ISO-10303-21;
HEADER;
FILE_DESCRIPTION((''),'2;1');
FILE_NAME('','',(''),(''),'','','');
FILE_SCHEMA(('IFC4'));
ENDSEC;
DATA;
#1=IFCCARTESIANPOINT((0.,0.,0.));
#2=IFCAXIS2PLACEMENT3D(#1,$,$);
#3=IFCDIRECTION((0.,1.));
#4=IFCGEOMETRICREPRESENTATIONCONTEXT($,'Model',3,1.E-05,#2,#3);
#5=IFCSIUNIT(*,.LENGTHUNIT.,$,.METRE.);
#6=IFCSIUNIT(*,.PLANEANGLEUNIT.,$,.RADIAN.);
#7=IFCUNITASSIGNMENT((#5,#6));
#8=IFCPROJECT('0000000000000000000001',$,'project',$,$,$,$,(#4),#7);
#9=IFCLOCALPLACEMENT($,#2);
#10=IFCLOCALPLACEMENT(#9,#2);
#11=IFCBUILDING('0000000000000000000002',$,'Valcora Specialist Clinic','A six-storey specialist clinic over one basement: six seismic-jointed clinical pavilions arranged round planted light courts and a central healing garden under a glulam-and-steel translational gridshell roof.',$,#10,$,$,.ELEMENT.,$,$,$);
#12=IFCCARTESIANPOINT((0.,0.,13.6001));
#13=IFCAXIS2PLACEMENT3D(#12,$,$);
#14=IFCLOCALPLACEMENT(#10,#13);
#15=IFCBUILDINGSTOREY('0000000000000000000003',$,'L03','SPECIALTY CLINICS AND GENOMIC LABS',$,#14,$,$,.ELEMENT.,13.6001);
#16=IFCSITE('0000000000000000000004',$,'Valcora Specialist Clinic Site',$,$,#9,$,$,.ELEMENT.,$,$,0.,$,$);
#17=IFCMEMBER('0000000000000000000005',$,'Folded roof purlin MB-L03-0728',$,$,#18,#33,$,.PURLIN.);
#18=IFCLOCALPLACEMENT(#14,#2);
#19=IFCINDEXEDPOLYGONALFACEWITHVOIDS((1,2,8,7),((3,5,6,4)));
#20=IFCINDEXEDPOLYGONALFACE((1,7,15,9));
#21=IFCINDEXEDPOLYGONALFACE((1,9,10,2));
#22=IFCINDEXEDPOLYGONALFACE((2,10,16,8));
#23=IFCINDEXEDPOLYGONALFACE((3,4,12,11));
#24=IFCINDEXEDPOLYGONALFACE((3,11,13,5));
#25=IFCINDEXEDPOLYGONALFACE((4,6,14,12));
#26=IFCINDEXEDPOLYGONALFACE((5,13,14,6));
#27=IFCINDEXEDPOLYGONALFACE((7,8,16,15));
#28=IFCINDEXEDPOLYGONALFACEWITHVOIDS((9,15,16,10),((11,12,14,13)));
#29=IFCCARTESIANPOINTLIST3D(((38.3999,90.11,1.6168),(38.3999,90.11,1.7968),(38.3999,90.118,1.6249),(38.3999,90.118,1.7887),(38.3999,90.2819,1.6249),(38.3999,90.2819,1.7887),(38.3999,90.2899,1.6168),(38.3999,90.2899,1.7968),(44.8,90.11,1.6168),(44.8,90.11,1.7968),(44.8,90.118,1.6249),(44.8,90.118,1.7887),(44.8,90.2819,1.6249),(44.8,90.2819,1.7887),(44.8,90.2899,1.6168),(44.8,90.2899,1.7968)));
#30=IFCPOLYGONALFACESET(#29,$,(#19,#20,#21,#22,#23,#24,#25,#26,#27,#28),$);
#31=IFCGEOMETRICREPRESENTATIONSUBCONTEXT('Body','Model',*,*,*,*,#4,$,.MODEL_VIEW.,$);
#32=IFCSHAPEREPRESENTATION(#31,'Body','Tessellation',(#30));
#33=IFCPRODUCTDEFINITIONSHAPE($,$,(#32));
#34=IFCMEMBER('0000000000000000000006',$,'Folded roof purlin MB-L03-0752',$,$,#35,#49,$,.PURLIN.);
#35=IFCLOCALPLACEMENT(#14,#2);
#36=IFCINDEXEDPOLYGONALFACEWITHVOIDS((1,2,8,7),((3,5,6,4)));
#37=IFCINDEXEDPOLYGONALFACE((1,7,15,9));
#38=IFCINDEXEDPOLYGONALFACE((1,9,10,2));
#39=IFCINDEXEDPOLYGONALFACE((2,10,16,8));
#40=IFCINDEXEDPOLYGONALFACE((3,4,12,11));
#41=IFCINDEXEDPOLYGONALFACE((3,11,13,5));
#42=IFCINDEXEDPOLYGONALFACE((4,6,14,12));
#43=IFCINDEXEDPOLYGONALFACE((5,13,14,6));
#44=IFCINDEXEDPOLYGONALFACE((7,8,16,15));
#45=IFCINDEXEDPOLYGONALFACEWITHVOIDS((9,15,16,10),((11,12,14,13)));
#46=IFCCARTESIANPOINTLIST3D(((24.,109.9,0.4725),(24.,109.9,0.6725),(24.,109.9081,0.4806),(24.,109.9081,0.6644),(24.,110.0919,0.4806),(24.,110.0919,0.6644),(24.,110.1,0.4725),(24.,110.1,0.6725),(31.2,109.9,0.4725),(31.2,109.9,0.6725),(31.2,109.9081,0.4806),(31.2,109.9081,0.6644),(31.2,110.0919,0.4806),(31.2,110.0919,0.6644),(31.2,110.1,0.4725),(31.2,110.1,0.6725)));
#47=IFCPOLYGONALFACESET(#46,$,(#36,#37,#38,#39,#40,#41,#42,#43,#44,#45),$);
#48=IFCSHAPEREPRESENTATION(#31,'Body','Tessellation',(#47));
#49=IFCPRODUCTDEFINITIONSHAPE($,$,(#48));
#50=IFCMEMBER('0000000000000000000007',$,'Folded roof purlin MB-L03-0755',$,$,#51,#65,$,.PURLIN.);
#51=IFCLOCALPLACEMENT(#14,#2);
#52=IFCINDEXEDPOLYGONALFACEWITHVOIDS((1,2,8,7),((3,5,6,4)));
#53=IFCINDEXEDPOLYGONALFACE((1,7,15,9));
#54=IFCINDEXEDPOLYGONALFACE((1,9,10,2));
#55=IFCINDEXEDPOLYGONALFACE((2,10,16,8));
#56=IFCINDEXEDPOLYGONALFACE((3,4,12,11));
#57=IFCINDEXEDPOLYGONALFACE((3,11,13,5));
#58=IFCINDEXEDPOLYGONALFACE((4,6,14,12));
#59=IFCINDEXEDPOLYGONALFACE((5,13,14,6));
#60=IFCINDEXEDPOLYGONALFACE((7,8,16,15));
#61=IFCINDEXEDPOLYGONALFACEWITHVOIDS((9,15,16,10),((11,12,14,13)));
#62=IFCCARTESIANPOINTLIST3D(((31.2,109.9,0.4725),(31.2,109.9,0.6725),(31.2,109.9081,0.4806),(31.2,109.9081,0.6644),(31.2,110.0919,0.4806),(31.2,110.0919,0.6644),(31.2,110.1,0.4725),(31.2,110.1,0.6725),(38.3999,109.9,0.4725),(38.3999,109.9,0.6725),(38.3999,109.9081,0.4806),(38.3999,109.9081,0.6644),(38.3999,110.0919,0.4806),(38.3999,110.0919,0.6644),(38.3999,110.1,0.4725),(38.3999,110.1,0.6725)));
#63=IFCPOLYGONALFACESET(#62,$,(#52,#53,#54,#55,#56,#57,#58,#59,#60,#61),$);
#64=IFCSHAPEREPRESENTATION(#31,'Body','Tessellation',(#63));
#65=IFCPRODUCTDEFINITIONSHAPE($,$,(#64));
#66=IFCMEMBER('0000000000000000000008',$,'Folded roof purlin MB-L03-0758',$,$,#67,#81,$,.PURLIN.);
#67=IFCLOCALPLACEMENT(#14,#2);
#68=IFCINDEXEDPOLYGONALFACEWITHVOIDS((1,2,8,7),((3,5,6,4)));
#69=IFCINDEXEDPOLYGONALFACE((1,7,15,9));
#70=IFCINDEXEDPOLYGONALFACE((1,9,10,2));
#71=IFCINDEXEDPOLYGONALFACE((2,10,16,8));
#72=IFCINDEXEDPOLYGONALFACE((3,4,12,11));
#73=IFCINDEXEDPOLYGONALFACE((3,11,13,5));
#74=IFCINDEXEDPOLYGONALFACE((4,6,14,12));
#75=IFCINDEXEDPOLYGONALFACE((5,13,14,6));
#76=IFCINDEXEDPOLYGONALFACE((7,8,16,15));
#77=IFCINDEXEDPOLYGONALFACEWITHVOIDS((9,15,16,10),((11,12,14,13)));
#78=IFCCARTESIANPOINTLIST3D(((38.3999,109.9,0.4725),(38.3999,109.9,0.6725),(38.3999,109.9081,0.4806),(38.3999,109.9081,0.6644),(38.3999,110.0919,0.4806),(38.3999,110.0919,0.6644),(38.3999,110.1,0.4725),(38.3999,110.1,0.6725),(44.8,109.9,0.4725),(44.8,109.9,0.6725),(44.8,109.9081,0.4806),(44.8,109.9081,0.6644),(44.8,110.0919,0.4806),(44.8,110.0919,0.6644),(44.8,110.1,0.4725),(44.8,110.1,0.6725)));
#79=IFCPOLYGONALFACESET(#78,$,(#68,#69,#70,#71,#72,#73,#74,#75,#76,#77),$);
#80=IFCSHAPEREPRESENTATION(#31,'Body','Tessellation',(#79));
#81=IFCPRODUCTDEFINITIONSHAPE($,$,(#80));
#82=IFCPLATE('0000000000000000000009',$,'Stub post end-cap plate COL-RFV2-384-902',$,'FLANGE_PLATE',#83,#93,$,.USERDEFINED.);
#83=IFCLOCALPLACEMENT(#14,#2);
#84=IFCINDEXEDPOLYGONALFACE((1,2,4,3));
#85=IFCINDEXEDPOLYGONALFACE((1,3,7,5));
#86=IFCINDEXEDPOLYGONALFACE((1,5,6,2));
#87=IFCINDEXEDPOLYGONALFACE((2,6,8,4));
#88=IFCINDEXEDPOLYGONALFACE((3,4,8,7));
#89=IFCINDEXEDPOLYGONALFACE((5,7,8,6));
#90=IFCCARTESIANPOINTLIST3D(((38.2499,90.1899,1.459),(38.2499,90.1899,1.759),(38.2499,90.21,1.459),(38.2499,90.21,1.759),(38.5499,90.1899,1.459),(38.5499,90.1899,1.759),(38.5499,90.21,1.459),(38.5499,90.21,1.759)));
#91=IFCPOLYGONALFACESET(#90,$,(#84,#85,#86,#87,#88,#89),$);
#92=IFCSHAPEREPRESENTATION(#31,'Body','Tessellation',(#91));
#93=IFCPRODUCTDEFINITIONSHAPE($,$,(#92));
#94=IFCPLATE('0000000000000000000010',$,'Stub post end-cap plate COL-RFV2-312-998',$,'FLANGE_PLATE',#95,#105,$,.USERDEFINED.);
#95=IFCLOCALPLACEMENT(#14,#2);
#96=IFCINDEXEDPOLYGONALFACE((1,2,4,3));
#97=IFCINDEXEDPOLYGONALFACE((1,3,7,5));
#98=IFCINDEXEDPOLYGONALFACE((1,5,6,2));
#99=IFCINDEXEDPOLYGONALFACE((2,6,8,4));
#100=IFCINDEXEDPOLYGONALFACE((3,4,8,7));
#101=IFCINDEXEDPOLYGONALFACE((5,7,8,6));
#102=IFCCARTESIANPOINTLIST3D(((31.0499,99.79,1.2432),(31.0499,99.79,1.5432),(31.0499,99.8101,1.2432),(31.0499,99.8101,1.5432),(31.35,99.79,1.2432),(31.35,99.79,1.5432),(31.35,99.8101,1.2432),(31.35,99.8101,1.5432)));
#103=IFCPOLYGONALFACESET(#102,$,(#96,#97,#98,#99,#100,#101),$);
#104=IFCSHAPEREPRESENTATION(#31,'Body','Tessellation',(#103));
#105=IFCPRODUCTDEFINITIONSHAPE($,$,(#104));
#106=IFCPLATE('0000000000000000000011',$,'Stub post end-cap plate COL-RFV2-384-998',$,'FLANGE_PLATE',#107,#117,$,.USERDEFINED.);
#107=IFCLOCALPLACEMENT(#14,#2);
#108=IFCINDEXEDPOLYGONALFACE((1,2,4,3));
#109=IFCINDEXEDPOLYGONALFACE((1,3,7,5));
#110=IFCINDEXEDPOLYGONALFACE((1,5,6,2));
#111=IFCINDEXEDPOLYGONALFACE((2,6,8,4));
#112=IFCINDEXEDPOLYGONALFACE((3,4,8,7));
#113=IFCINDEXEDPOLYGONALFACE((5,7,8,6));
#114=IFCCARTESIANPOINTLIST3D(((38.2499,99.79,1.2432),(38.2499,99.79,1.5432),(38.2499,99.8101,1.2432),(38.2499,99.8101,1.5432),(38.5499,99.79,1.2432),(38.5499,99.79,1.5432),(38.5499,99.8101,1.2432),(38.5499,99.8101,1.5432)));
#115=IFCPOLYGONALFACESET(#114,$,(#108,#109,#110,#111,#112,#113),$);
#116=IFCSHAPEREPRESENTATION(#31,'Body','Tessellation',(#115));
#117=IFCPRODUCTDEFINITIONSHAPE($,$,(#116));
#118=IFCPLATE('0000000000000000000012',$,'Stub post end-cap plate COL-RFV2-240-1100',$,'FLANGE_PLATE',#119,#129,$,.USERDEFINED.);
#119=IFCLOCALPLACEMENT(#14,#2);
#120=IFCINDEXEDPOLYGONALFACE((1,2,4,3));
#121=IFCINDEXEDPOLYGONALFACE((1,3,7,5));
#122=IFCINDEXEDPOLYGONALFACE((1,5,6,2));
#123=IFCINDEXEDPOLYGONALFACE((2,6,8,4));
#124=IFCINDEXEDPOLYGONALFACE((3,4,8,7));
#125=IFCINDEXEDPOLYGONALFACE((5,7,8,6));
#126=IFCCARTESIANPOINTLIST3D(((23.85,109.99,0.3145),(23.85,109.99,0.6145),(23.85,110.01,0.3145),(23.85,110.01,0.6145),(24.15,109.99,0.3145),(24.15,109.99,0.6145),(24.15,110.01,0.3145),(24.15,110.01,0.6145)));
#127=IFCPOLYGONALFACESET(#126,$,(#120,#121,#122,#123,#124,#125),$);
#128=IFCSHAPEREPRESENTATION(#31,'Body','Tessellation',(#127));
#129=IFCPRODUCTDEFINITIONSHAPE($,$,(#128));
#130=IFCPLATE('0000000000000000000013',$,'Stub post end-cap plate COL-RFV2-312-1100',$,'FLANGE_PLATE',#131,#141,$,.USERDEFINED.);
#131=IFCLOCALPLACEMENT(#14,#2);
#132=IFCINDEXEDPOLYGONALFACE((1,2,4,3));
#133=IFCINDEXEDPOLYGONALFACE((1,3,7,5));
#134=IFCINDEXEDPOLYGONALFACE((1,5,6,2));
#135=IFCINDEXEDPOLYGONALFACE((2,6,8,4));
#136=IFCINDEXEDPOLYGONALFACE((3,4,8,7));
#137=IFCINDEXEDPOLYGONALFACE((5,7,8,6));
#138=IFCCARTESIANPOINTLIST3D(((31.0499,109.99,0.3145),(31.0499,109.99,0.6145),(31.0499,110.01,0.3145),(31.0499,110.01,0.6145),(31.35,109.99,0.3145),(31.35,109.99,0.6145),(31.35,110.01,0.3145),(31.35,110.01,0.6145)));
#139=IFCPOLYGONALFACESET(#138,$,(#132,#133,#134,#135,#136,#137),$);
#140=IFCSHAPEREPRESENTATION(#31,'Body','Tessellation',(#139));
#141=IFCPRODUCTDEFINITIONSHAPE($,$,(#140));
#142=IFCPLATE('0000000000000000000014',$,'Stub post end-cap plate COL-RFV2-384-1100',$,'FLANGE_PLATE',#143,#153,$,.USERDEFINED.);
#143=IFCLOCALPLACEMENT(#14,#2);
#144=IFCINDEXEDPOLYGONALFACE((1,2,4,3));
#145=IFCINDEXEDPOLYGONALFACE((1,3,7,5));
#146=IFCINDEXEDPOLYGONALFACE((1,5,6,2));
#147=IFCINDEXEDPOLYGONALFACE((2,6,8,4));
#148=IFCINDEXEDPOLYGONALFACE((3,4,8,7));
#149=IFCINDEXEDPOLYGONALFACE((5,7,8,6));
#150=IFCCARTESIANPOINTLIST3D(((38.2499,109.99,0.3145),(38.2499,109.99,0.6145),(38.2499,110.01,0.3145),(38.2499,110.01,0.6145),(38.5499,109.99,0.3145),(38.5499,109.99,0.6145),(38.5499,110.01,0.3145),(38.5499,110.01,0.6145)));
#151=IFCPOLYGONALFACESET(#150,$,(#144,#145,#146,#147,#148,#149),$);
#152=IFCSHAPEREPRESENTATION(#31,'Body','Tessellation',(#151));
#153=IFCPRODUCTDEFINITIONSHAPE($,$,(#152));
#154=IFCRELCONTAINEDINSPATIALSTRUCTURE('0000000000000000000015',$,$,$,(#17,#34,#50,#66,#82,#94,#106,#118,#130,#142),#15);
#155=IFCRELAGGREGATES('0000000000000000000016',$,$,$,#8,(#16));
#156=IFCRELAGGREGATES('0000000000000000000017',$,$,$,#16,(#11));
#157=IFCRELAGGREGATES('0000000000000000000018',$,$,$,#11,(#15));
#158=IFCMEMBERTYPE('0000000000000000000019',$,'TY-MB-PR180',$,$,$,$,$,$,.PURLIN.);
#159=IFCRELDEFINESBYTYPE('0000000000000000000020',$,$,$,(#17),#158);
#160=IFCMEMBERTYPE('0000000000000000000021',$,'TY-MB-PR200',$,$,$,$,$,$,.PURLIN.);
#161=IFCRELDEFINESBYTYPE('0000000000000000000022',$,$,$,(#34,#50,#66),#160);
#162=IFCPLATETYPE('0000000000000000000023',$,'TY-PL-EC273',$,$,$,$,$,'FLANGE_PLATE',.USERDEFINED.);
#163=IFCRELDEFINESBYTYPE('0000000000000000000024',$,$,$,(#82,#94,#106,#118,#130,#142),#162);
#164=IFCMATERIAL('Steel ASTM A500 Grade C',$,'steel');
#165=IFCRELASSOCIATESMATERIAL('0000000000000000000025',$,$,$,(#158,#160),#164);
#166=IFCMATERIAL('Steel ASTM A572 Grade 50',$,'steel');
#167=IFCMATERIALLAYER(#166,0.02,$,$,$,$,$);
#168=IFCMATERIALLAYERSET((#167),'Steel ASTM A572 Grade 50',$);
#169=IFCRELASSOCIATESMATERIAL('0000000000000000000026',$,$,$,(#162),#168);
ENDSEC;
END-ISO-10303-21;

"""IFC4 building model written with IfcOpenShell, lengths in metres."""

from ifc_helpers import new_model, si_unit, direction, frame, origin, origin_2d, place, context, subcontext, project, spatial, rectangle, hollow_rectangle, extrude, material, layer, layer_set, material_profile, profile_set, type_object, element, save


model = new_model("IFC4")

# Units and contexts
model_context = context("Model", 3, precision=1e-05, world=origin(), true_north=direction((0.0, 1.0)))
body_context = subcontext(model_context, "Body", "Model", "MODEL_VIEW")
ifc_project = project(units=[si_unit("LENGTHUNIT", "METRE"), si_unit("PLANEANGLEUNIT", "RADIAN")], contexts=[model_context])

# Site, building, storey
site_placement = place(None, origin())
site = spatial("IfcSite", under=ifc_project, at=site_placement, Name="Valcora Specialist Clinic Site", CompositionType="ELEMENT", RefElevation=0.0)
building_placement = place(site_placement, origin())
building = spatial("IfcBuilding", under=site, at=building_placement, Name="Valcora Specialist Clinic", Description="A six-storey specialist clinic over one basement: six seismic-jointed clinical pavilions arranged round planted light courts and a central healing garden under a glulam-and-steel translational gridshell roof.", CompositionType="ELEMENT")
storey_placement = place(building_placement, frame((0.0, 0.0, 13.6001)))
storey = spatial("IfcBuildingStorey", under=building, at=storey_placement, Name="L03", Description="SPECIALTY CLINICS AND GENOMIC LABS", CompositionType="ELEMENT", Elevation=13.6001)

# Shared definitions
ifc_material_1 = material(Name="Steel ASTM A500 Grade C", Category="steel")

# Members
ifc_material_profile_1 = material_profile(ifc_material_1, hollow_rectangle(XDim=0.1799, YDim=0.1799, WallThickness=0.0081, at=origin_2d()), Name="ST-RHS-180X180X8")
ifc_profile_set_1 = profile_set([ifc_material_profile_1], Name="Steel ASTM A500 Grade C")
member_type_1 = type_object("IfcMemberType", Name="TY-MB-PR180", PredefinedType="PURLIN", material=ifc_profile_set_1)
member_1_placement = place(storey_placement, frame((38.3999, 90.2, 1.7068), z_axis=(1.0, 0.0, 0.0), x_axis=(0.0, 1.0, 0.0)))
element("IfcMember", 1, at=member_1_placement, inside=storey, type_object=member_type_1, Name="Folded roof purlin MB-L03-0728", PredefinedType="PURLIN", context=body_context, shape_type="SweptSolid", body=[
    extrude(hollow_rectangle(XDim=0.1799, YDim=0.1799, WallThickness=0.0081, at=origin_2d()), origin(), (0.0, 0.0, 1.0), 6.4001),
])
ifc_material_profile_2 = material_profile(ifc_material_1, hollow_rectangle(XDim=0.2, YDim=0.2, WallThickness=0.0081, at=origin_2d()), Name="ST-RHS-200X200X8")
ifc_profile_set_2 = profile_set([ifc_material_profile_2], Name="Steel ASTM A500 Grade C")
member_type_2 = type_object("IfcMemberType", Name="TY-MB-PR200", PredefinedType="PURLIN", material=ifc_profile_set_2)
for number, where, z_axis, x_axis, name in (
    (2, (24.0, 110.0, 0.5725), (1.0, 0.0, 0.0), (0.0, 1.0, 0.0), "Folded roof purlin MB-L03-0752"),
    (3, (31.2, 110.0, 0.5725), (1.0, 0.0, 0.0), (0.0, 1.0, 0.0), "Folded roof purlin MB-L03-0755"),
):
    element("IfcMember", number, at=place(storey_placement, frame(where, z_axis=z_axis, x_axis=x_axis)), inside=storey, type_object=member_type_2, Name=name, PredefinedType="PURLIN", context=body_context, shape_type="SweptSolid", body=[
        extrude(hollow_rectangle(XDim=0.2, YDim=0.2, WallThickness=0.0081, at=origin_2d()), origin(), (0.0, 0.0, 1.0), 7.2),
    ])
member_2_placement = place(storey_placement, frame((38.3999, 110.0, 0.5725), z_axis=(1.0, 0.0, 0.0), x_axis=(0.0, 1.0, 0.0)))
element("IfcMember", 4, at=member_2_placement, inside=storey, type_object=member_type_2, Name="Folded roof purlin MB-L03-0758", PredefinedType="PURLIN", context=body_context, shape_type="SweptSolid", body=[
    extrude(hollow_rectangle(XDim=0.2, YDim=0.2, WallThickness=0.0081, at=origin_2d()), origin(), (0.0, 0.0, 1.0), 6.4001),
])

# Plates
ifc_material_2 = material(Name="Steel ASTM A572 Grade 50", Category="steel")
ifc_layer = layer(ifc_material_2, 0.02)
ifc_layer_set = layer_set([ifc_layer], Name="Steel ASTM A572 Grade 50")
plate_type = type_object("IfcPlateType", Name="TY-PL-EC273", ElementType="FLANGE_PLATE", PredefinedType="USERDEFINED", material=ifc_layer_set)
for number, where, z_axis, x_axis, name in (
    (5, (38.3999, 90.2, 1.459), (0.0, 0.0, 1.0), (1.0, 0.0, 0.0), "Stub post end-cap plate COL-RFV2-384-902"),
    (6, (31.2, 99.8, 1.2432), (0.0, 0.0, 1.0), (1.0, 0.0, 0.0), "Stub post end-cap plate COL-RFV2-312-998"),
    (7, (38.3999, 99.8, 1.2432), (0.0, 0.0, 1.0), (1.0, 0.0, 0.0), "Stub post end-cap plate COL-RFV2-384-998"),
    (8, (24.0, 110.0, 0.3145), (0.0, 0.0, 1.0), (1.0, 0.0, 0.0), "Stub post end-cap plate COL-RFV2-240-1100"),
    (9, (31.2, 110.0, 0.3145), (0.0, 0.0, 1.0), (1.0, 0.0, 0.0), "Stub post end-cap plate COL-RFV2-312-1100"),
    (10, (38.3999, 110.0, 0.3145), (0.0, 0.0, 1.0), (1.0, 0.0, 0.0), "Stub post end-cap plate COL-RFV2-384-1100"),
):
    element("IfcPlate", number, at=place(storey_placement, frame(where, z_axis=z_axis, x_axis=x_axis)), inside=storey, type_object=plate_type, Name=name, ObjectType="FLANGE_PLATE", PredefinedType="USERDEFINED", context=body_context, shape_type="SweptSolid", body=[
        extrude(rectangle(XDim=0.3, YDim=0.02, at=origin_2d()), origin(), (0.0, 0.0, 1.0), 0.3),
    ])

save(model, "model.ifc")
